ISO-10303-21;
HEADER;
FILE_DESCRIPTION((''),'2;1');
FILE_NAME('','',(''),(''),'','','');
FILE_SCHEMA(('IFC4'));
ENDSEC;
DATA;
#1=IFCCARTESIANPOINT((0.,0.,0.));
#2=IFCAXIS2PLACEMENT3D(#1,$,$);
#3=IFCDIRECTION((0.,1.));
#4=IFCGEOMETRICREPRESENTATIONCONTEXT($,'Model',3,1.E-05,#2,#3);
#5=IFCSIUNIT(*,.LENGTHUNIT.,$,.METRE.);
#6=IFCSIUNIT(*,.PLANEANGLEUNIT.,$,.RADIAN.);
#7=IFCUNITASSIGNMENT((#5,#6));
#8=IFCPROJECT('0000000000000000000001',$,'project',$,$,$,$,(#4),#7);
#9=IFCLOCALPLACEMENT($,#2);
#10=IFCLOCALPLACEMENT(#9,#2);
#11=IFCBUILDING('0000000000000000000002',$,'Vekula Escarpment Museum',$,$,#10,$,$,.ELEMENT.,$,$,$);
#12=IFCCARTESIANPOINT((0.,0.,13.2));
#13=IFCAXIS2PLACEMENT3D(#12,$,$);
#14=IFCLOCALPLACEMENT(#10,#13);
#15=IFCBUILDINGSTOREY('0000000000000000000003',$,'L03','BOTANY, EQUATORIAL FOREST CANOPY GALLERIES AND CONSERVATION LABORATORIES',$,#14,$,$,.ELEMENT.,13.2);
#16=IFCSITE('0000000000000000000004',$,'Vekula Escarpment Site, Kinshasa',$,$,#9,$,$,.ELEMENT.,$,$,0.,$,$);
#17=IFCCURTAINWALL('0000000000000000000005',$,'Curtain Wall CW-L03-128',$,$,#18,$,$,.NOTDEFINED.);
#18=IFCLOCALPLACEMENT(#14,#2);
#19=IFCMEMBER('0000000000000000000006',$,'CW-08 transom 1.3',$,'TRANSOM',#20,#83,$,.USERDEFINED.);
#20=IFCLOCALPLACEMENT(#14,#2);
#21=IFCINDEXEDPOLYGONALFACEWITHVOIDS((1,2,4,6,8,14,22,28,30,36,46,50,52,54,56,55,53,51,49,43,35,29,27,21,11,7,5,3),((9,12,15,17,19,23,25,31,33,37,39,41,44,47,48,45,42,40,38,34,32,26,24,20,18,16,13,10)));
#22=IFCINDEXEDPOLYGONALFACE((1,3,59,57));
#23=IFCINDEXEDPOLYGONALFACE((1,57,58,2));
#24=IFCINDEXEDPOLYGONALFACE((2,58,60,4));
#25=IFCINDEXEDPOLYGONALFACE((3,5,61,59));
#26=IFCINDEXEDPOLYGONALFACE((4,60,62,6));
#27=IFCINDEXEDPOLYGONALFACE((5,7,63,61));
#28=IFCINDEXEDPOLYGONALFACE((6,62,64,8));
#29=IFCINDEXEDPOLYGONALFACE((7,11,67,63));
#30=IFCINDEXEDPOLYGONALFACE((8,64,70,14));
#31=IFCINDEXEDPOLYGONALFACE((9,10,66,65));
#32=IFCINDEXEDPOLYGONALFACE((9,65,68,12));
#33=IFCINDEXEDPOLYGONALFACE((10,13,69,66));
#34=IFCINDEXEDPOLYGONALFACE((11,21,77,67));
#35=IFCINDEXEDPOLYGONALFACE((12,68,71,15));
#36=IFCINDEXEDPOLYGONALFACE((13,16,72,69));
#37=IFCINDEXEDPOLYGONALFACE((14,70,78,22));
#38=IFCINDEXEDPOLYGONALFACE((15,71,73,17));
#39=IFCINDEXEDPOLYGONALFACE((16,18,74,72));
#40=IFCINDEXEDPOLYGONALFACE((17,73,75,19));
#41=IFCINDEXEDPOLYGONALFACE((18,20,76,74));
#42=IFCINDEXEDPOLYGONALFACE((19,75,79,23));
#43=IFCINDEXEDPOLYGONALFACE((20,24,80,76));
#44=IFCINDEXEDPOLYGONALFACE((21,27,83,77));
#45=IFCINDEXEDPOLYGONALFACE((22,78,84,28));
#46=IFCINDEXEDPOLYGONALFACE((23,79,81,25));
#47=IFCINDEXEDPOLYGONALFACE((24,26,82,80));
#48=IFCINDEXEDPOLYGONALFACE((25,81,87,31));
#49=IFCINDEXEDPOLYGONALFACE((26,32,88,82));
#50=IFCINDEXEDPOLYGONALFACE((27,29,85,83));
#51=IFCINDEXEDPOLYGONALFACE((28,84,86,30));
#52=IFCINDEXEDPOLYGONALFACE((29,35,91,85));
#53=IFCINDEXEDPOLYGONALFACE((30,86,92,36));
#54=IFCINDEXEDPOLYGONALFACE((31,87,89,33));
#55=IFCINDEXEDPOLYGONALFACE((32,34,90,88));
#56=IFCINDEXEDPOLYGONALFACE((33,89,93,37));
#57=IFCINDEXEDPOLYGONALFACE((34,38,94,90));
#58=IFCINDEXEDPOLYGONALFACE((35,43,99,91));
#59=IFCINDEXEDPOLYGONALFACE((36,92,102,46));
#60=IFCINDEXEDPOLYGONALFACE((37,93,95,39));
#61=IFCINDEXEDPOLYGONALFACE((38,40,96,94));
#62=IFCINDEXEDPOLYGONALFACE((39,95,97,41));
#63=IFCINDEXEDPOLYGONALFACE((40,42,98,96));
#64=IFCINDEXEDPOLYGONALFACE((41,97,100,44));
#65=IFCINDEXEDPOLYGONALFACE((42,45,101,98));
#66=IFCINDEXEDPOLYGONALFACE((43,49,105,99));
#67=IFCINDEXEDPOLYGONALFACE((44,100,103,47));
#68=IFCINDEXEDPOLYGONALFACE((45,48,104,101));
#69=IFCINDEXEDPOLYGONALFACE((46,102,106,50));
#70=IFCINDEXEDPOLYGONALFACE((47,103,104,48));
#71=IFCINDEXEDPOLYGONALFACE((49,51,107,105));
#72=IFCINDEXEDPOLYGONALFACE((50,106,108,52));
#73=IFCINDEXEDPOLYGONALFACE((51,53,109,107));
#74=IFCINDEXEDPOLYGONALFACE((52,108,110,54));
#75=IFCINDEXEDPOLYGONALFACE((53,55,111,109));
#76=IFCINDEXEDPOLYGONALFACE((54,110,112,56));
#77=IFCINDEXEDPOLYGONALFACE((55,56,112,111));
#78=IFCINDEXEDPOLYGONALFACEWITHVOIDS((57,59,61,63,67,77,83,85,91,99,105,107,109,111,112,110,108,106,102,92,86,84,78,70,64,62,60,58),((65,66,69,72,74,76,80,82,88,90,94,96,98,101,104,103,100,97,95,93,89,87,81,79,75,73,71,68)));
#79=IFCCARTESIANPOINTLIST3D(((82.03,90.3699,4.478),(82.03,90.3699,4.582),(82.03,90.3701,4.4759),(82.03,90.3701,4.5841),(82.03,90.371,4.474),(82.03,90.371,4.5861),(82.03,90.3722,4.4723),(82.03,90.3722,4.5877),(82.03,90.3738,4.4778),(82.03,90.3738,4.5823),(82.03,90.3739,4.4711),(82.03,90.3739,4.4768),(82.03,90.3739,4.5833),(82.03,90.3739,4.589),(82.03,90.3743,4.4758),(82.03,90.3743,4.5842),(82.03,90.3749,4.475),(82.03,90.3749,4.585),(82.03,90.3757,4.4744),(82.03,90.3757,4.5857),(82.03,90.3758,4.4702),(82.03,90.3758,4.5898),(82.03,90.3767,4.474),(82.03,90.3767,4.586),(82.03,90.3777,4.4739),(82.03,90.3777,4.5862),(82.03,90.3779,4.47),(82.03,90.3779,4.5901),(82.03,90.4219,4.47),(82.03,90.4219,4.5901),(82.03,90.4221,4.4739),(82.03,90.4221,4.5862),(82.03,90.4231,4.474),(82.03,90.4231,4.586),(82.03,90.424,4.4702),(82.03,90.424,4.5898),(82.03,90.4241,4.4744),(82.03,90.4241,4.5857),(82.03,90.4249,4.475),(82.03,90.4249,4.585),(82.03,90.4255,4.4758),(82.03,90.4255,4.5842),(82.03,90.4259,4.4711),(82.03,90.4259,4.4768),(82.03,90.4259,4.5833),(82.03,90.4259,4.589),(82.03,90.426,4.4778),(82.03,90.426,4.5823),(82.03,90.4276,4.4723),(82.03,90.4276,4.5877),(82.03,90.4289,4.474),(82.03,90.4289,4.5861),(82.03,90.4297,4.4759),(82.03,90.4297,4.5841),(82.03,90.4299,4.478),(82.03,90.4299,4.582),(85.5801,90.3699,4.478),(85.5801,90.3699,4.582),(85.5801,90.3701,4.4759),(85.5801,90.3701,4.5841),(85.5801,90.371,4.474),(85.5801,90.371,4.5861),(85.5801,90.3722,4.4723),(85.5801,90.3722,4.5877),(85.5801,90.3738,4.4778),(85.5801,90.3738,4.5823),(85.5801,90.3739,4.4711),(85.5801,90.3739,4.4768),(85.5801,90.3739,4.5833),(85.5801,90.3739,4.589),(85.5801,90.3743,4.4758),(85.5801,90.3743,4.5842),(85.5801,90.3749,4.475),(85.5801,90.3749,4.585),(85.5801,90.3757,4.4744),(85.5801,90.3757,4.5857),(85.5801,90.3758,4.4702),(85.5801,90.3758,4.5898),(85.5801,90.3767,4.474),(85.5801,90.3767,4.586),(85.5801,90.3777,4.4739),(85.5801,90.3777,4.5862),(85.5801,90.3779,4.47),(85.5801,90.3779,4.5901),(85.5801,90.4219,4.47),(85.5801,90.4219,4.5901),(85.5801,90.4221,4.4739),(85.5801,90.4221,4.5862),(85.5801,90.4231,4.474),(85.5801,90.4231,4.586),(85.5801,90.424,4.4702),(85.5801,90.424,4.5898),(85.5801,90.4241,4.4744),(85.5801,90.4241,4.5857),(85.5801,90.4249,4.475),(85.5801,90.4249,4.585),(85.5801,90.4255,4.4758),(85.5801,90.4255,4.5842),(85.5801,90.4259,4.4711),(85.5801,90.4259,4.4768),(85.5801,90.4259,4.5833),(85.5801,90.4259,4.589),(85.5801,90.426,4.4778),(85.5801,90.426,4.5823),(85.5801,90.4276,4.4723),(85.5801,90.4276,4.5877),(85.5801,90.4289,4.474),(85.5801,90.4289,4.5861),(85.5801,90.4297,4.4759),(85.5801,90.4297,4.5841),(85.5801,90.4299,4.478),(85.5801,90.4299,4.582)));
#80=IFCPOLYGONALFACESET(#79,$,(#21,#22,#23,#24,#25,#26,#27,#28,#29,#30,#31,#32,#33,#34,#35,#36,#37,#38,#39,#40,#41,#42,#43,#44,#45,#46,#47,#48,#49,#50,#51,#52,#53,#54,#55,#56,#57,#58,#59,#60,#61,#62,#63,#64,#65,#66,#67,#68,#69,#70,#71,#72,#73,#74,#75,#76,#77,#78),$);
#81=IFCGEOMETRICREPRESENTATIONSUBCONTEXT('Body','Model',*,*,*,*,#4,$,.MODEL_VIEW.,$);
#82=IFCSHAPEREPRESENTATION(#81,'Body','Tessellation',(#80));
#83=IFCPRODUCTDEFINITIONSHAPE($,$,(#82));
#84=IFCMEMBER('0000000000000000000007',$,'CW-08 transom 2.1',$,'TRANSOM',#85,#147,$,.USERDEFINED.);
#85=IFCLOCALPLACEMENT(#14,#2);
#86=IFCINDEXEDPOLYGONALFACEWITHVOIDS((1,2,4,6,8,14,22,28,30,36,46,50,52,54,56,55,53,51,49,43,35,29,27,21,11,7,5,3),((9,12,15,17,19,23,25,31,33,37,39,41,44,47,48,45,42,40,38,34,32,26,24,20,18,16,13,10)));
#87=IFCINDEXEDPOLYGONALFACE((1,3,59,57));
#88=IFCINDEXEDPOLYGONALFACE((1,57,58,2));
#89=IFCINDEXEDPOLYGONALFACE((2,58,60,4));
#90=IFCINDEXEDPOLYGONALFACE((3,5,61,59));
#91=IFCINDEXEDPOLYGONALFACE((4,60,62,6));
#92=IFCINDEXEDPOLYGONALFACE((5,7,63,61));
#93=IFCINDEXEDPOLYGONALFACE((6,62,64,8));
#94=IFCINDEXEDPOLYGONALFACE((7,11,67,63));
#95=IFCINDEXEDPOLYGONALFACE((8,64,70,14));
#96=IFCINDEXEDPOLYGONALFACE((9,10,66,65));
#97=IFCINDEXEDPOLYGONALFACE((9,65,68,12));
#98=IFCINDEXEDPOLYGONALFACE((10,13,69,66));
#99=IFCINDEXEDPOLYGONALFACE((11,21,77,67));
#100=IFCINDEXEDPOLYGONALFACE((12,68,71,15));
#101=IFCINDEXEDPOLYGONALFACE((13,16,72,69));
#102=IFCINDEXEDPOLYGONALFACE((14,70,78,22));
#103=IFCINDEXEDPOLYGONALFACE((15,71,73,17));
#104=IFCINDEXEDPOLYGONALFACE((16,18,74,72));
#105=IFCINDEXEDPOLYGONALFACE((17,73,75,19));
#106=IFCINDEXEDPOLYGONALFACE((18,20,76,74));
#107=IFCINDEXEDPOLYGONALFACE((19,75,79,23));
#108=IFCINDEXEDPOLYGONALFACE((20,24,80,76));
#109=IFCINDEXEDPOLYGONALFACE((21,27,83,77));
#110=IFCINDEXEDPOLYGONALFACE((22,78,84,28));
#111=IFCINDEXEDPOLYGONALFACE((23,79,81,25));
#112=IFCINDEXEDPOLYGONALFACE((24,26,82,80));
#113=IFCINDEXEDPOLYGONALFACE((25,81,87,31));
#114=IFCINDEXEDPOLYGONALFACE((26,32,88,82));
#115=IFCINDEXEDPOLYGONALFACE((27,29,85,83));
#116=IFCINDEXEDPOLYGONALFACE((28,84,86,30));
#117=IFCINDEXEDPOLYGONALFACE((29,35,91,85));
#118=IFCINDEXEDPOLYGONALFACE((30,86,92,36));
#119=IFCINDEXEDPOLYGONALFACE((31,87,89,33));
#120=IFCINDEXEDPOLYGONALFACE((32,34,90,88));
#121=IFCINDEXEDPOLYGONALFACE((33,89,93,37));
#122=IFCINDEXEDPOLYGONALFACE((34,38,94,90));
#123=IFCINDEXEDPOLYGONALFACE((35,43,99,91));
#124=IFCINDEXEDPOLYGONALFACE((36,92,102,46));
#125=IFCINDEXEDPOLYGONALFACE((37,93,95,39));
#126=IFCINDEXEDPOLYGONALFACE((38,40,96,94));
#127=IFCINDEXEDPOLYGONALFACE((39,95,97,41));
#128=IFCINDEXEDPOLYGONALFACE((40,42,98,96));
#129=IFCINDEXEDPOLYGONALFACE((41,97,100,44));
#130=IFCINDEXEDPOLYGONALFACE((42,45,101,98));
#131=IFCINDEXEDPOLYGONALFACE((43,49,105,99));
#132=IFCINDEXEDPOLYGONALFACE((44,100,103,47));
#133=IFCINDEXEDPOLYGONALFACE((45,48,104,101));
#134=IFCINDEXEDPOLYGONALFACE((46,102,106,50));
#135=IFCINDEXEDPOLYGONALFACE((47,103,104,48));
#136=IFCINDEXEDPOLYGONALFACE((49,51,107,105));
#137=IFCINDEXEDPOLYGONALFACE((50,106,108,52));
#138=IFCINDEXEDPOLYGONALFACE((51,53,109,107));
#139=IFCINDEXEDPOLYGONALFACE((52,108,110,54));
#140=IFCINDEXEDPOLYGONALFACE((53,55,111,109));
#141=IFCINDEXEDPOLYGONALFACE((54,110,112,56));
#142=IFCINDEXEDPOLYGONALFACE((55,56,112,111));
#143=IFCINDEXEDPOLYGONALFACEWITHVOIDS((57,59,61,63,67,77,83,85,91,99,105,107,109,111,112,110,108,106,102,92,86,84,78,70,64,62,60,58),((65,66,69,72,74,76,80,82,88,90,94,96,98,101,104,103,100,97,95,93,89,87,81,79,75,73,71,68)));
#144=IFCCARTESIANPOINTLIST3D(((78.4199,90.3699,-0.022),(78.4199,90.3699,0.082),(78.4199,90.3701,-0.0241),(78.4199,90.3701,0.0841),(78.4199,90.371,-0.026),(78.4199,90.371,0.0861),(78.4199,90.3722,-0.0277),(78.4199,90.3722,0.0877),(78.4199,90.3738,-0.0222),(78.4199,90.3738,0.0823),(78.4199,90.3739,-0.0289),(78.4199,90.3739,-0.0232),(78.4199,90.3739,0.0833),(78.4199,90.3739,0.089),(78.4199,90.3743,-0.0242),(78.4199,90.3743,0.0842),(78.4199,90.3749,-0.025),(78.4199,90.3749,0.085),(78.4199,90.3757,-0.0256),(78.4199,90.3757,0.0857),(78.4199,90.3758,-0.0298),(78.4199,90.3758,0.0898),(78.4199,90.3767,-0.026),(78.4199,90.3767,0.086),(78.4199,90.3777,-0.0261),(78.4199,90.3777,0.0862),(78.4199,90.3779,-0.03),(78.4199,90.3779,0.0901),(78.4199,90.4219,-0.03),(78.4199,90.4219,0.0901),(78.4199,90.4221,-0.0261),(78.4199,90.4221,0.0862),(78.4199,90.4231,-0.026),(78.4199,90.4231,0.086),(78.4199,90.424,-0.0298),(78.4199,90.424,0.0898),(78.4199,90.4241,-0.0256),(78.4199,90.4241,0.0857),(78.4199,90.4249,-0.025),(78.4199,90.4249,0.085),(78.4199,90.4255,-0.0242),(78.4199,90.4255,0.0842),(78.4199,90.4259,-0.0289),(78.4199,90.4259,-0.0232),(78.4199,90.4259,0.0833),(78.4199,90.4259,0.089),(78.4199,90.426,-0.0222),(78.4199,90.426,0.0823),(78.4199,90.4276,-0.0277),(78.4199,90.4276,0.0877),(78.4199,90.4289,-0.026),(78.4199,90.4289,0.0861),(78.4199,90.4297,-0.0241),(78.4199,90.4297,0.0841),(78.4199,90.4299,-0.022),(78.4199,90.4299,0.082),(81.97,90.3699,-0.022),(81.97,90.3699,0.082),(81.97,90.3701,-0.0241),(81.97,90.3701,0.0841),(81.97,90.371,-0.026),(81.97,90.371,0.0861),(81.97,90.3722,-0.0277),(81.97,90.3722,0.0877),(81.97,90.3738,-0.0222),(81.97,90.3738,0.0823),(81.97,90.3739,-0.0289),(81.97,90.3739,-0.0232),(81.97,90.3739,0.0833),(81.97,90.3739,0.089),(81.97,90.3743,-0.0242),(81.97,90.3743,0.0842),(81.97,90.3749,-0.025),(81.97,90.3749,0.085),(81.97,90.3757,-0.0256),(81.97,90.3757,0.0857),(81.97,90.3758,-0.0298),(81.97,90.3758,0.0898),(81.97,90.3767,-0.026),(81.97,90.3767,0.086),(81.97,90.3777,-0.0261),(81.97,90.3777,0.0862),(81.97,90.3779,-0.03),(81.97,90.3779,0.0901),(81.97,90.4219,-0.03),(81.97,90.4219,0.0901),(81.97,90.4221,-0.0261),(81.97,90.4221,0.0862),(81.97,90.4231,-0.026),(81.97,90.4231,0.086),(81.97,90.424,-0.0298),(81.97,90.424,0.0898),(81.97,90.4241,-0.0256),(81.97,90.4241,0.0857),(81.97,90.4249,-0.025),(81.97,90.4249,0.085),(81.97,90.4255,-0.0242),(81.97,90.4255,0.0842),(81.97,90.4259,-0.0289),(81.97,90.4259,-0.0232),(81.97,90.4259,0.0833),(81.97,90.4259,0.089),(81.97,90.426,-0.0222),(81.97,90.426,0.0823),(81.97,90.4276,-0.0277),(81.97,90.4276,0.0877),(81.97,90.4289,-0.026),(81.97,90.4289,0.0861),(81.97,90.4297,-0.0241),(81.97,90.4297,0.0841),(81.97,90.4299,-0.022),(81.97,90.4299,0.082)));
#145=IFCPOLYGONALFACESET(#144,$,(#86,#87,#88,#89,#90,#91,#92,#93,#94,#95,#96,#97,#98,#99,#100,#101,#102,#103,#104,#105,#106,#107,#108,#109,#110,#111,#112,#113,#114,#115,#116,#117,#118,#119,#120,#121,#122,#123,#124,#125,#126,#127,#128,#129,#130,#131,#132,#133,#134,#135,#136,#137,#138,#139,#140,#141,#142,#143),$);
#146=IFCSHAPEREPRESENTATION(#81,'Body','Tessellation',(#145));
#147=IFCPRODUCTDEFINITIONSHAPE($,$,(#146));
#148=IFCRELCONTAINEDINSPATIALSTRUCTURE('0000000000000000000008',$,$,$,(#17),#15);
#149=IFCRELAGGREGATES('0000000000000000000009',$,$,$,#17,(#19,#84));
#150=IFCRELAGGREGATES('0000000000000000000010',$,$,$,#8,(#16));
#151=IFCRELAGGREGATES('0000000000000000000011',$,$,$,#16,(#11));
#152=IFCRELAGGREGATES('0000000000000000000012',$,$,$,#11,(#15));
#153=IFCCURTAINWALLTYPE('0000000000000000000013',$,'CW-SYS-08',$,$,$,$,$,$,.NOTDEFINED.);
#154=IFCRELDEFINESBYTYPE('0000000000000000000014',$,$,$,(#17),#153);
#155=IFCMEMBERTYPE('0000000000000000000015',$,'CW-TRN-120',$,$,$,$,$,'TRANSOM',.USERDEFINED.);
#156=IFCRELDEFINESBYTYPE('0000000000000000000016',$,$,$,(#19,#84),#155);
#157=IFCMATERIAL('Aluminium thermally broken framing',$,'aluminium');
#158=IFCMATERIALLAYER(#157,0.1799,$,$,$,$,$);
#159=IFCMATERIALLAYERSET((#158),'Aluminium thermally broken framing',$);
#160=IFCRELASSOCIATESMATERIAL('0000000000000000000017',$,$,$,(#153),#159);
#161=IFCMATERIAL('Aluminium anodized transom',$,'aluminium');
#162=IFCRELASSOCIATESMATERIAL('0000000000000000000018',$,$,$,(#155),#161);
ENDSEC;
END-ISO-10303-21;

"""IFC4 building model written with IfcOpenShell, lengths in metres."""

from ifc_helpers import new_model, si_unit, direction, frame, origin, origin_2d, place, context, subcontext, project, spatial, hollow_rectangle, extrude, material, layer, layer_set, material_profile, profile_set, type_object, element, aggregate, save


model = new_model("IFC4")

# Units and contexts
model_context = context("Model", 3, precision=1e-05, world=origin(), true_north=direction((0.0, 1.0)))
body_context = subcontext(model_context, "Body", "Model", "MODEL_VIEW")
ifc_project = project(units=[si_unit("LENGTHUNIT", "METRE"), si_unit("PLANEANGLEUNIT", "RADIAN")], contexts=[model_context])

# Site, building, storey
site_placement = place(None, origin())
site = spatial("IfcSite", under=ifc_project, at=site_placement, Name="Vekula Escarpment Site, Kinshasa", CompositionType="ELEMENT", RefElevation=0.0)
building_placement = place(site_placement, origin())
building = spatial("IfcBuilding", under=site, at=building_placement, Name="Vekula Escarpment Museum", CompositionType="ELEMENT")
storey_placement = place(building_placement, frame((0.0, 0.0, 13.2)))
storey = spatial("IfcBuildingStorey", under=building, at=storey_placement, Name="L03", Description="BOTANY, EQUATORIAL FOREST CANOPY GALLERIES AND CONSERVATION LABORATORIES", CompositionType="ELEMENT", Elevation=13.2)

# Curtain wall
ifc_material_1 = material(Name="Aluminium thermally broken framing", Category="aluminium")
ifc_layer_1 = layer(ifc_material_1, 0.1799)
ifc_layer_set_1 = layer_set([ifc_layer_1], Name="Aluminium thermally broken framing")
curtain_wall_type_1 = type_object("IfcCurtainWallType", Name="CW-SYS-08", PredefinedType="NOTDEFINED", material=ifc_layer_set_1)
curtain_wall_1_placement = place(storey_placement, origin())
curtain_wall_1 = element("IfcCurtainWall", 1, at=curtain_wall_1_placement, inside=storey, type_object=curtain_wall_type_1, Name="Curtain Wall CW-L03-128", PredefinedType="NOTDEFINED")

# Members
ifc_material_2 = material(Name="Aluminium anodized transom", Category="aluminium")
ifc_material_profile_1 = material_profile(ifc_material_2, hollow_rectangle(XDim=0.0601, YDim=0.1201, WallThickness=0.0039, InnerFilletRadius=0.0039, OuterFilletRadius=0.0081, at=origin_2d()), Name="ALU 120x60x4")
ifc_profile_set_1 = profile_set([ifc_material_profile_1], Name="Aluminium anodized transom")
member_type_1 = type_object("IfcMemberType", Name="CW-TRN-120", ElementType="TRANSOM", PredefinedType="USERDEFINED", material=ifc_profile_set_1)
member_1_placement = place(storey_placement, frame((85.5801, 90.3999, 4.53), z_axis=(-1.0, 0.0, 0.0), x_axis=(0.0, -1.0, 0.0)))
member_1 = element("IfcMember", 2, at=member_1_placement, type_object=member_type_1, Name="CW-08 transom 1.3", ObjectType="TRANSOM", PredefinedType="USERDEFINED", context=body_context, shape_type="SweptSolid", body=[
    extrude(hollow_rectangle(XDim=0.0601, YDim=0.1201, WallThickness=0.0039, InnerFilletRadius=0.0039, OuterFilletRadius=0.0081, at=origin_2d()), origin(), (0.0, 0.0, 1.0), 3.55),
])
member_2_placement = place(storey_placement, frame((81.97, 90.3999, 0.03), z_axis=(-1.0, 0.0, 0.0), x_axis=(0.0, -1.0, 0.0)))
member_2 = element("IfcMember", 3, at=member_2_placement, type_object=member_type_1, Name="CW-08 transom 2.1", ObjectType="TRANSOM", PredefinedType="USERDEFINED", context=body_context, shape_type="SweptSolid", body=[
    extrude(hollow_rectangle(XDim=0.0601, YDim=0.1201, WallThickness=0.0039, InnerFilletRadius=0.0039, OuterFilletRadius=0.0081, at=origin_2d()), origin(), (0.0, 0.0, 1.0), 3.55),
])

aggregate(curtain_wall_1, [member_1, member_2])

save(model, "model.ifc")
